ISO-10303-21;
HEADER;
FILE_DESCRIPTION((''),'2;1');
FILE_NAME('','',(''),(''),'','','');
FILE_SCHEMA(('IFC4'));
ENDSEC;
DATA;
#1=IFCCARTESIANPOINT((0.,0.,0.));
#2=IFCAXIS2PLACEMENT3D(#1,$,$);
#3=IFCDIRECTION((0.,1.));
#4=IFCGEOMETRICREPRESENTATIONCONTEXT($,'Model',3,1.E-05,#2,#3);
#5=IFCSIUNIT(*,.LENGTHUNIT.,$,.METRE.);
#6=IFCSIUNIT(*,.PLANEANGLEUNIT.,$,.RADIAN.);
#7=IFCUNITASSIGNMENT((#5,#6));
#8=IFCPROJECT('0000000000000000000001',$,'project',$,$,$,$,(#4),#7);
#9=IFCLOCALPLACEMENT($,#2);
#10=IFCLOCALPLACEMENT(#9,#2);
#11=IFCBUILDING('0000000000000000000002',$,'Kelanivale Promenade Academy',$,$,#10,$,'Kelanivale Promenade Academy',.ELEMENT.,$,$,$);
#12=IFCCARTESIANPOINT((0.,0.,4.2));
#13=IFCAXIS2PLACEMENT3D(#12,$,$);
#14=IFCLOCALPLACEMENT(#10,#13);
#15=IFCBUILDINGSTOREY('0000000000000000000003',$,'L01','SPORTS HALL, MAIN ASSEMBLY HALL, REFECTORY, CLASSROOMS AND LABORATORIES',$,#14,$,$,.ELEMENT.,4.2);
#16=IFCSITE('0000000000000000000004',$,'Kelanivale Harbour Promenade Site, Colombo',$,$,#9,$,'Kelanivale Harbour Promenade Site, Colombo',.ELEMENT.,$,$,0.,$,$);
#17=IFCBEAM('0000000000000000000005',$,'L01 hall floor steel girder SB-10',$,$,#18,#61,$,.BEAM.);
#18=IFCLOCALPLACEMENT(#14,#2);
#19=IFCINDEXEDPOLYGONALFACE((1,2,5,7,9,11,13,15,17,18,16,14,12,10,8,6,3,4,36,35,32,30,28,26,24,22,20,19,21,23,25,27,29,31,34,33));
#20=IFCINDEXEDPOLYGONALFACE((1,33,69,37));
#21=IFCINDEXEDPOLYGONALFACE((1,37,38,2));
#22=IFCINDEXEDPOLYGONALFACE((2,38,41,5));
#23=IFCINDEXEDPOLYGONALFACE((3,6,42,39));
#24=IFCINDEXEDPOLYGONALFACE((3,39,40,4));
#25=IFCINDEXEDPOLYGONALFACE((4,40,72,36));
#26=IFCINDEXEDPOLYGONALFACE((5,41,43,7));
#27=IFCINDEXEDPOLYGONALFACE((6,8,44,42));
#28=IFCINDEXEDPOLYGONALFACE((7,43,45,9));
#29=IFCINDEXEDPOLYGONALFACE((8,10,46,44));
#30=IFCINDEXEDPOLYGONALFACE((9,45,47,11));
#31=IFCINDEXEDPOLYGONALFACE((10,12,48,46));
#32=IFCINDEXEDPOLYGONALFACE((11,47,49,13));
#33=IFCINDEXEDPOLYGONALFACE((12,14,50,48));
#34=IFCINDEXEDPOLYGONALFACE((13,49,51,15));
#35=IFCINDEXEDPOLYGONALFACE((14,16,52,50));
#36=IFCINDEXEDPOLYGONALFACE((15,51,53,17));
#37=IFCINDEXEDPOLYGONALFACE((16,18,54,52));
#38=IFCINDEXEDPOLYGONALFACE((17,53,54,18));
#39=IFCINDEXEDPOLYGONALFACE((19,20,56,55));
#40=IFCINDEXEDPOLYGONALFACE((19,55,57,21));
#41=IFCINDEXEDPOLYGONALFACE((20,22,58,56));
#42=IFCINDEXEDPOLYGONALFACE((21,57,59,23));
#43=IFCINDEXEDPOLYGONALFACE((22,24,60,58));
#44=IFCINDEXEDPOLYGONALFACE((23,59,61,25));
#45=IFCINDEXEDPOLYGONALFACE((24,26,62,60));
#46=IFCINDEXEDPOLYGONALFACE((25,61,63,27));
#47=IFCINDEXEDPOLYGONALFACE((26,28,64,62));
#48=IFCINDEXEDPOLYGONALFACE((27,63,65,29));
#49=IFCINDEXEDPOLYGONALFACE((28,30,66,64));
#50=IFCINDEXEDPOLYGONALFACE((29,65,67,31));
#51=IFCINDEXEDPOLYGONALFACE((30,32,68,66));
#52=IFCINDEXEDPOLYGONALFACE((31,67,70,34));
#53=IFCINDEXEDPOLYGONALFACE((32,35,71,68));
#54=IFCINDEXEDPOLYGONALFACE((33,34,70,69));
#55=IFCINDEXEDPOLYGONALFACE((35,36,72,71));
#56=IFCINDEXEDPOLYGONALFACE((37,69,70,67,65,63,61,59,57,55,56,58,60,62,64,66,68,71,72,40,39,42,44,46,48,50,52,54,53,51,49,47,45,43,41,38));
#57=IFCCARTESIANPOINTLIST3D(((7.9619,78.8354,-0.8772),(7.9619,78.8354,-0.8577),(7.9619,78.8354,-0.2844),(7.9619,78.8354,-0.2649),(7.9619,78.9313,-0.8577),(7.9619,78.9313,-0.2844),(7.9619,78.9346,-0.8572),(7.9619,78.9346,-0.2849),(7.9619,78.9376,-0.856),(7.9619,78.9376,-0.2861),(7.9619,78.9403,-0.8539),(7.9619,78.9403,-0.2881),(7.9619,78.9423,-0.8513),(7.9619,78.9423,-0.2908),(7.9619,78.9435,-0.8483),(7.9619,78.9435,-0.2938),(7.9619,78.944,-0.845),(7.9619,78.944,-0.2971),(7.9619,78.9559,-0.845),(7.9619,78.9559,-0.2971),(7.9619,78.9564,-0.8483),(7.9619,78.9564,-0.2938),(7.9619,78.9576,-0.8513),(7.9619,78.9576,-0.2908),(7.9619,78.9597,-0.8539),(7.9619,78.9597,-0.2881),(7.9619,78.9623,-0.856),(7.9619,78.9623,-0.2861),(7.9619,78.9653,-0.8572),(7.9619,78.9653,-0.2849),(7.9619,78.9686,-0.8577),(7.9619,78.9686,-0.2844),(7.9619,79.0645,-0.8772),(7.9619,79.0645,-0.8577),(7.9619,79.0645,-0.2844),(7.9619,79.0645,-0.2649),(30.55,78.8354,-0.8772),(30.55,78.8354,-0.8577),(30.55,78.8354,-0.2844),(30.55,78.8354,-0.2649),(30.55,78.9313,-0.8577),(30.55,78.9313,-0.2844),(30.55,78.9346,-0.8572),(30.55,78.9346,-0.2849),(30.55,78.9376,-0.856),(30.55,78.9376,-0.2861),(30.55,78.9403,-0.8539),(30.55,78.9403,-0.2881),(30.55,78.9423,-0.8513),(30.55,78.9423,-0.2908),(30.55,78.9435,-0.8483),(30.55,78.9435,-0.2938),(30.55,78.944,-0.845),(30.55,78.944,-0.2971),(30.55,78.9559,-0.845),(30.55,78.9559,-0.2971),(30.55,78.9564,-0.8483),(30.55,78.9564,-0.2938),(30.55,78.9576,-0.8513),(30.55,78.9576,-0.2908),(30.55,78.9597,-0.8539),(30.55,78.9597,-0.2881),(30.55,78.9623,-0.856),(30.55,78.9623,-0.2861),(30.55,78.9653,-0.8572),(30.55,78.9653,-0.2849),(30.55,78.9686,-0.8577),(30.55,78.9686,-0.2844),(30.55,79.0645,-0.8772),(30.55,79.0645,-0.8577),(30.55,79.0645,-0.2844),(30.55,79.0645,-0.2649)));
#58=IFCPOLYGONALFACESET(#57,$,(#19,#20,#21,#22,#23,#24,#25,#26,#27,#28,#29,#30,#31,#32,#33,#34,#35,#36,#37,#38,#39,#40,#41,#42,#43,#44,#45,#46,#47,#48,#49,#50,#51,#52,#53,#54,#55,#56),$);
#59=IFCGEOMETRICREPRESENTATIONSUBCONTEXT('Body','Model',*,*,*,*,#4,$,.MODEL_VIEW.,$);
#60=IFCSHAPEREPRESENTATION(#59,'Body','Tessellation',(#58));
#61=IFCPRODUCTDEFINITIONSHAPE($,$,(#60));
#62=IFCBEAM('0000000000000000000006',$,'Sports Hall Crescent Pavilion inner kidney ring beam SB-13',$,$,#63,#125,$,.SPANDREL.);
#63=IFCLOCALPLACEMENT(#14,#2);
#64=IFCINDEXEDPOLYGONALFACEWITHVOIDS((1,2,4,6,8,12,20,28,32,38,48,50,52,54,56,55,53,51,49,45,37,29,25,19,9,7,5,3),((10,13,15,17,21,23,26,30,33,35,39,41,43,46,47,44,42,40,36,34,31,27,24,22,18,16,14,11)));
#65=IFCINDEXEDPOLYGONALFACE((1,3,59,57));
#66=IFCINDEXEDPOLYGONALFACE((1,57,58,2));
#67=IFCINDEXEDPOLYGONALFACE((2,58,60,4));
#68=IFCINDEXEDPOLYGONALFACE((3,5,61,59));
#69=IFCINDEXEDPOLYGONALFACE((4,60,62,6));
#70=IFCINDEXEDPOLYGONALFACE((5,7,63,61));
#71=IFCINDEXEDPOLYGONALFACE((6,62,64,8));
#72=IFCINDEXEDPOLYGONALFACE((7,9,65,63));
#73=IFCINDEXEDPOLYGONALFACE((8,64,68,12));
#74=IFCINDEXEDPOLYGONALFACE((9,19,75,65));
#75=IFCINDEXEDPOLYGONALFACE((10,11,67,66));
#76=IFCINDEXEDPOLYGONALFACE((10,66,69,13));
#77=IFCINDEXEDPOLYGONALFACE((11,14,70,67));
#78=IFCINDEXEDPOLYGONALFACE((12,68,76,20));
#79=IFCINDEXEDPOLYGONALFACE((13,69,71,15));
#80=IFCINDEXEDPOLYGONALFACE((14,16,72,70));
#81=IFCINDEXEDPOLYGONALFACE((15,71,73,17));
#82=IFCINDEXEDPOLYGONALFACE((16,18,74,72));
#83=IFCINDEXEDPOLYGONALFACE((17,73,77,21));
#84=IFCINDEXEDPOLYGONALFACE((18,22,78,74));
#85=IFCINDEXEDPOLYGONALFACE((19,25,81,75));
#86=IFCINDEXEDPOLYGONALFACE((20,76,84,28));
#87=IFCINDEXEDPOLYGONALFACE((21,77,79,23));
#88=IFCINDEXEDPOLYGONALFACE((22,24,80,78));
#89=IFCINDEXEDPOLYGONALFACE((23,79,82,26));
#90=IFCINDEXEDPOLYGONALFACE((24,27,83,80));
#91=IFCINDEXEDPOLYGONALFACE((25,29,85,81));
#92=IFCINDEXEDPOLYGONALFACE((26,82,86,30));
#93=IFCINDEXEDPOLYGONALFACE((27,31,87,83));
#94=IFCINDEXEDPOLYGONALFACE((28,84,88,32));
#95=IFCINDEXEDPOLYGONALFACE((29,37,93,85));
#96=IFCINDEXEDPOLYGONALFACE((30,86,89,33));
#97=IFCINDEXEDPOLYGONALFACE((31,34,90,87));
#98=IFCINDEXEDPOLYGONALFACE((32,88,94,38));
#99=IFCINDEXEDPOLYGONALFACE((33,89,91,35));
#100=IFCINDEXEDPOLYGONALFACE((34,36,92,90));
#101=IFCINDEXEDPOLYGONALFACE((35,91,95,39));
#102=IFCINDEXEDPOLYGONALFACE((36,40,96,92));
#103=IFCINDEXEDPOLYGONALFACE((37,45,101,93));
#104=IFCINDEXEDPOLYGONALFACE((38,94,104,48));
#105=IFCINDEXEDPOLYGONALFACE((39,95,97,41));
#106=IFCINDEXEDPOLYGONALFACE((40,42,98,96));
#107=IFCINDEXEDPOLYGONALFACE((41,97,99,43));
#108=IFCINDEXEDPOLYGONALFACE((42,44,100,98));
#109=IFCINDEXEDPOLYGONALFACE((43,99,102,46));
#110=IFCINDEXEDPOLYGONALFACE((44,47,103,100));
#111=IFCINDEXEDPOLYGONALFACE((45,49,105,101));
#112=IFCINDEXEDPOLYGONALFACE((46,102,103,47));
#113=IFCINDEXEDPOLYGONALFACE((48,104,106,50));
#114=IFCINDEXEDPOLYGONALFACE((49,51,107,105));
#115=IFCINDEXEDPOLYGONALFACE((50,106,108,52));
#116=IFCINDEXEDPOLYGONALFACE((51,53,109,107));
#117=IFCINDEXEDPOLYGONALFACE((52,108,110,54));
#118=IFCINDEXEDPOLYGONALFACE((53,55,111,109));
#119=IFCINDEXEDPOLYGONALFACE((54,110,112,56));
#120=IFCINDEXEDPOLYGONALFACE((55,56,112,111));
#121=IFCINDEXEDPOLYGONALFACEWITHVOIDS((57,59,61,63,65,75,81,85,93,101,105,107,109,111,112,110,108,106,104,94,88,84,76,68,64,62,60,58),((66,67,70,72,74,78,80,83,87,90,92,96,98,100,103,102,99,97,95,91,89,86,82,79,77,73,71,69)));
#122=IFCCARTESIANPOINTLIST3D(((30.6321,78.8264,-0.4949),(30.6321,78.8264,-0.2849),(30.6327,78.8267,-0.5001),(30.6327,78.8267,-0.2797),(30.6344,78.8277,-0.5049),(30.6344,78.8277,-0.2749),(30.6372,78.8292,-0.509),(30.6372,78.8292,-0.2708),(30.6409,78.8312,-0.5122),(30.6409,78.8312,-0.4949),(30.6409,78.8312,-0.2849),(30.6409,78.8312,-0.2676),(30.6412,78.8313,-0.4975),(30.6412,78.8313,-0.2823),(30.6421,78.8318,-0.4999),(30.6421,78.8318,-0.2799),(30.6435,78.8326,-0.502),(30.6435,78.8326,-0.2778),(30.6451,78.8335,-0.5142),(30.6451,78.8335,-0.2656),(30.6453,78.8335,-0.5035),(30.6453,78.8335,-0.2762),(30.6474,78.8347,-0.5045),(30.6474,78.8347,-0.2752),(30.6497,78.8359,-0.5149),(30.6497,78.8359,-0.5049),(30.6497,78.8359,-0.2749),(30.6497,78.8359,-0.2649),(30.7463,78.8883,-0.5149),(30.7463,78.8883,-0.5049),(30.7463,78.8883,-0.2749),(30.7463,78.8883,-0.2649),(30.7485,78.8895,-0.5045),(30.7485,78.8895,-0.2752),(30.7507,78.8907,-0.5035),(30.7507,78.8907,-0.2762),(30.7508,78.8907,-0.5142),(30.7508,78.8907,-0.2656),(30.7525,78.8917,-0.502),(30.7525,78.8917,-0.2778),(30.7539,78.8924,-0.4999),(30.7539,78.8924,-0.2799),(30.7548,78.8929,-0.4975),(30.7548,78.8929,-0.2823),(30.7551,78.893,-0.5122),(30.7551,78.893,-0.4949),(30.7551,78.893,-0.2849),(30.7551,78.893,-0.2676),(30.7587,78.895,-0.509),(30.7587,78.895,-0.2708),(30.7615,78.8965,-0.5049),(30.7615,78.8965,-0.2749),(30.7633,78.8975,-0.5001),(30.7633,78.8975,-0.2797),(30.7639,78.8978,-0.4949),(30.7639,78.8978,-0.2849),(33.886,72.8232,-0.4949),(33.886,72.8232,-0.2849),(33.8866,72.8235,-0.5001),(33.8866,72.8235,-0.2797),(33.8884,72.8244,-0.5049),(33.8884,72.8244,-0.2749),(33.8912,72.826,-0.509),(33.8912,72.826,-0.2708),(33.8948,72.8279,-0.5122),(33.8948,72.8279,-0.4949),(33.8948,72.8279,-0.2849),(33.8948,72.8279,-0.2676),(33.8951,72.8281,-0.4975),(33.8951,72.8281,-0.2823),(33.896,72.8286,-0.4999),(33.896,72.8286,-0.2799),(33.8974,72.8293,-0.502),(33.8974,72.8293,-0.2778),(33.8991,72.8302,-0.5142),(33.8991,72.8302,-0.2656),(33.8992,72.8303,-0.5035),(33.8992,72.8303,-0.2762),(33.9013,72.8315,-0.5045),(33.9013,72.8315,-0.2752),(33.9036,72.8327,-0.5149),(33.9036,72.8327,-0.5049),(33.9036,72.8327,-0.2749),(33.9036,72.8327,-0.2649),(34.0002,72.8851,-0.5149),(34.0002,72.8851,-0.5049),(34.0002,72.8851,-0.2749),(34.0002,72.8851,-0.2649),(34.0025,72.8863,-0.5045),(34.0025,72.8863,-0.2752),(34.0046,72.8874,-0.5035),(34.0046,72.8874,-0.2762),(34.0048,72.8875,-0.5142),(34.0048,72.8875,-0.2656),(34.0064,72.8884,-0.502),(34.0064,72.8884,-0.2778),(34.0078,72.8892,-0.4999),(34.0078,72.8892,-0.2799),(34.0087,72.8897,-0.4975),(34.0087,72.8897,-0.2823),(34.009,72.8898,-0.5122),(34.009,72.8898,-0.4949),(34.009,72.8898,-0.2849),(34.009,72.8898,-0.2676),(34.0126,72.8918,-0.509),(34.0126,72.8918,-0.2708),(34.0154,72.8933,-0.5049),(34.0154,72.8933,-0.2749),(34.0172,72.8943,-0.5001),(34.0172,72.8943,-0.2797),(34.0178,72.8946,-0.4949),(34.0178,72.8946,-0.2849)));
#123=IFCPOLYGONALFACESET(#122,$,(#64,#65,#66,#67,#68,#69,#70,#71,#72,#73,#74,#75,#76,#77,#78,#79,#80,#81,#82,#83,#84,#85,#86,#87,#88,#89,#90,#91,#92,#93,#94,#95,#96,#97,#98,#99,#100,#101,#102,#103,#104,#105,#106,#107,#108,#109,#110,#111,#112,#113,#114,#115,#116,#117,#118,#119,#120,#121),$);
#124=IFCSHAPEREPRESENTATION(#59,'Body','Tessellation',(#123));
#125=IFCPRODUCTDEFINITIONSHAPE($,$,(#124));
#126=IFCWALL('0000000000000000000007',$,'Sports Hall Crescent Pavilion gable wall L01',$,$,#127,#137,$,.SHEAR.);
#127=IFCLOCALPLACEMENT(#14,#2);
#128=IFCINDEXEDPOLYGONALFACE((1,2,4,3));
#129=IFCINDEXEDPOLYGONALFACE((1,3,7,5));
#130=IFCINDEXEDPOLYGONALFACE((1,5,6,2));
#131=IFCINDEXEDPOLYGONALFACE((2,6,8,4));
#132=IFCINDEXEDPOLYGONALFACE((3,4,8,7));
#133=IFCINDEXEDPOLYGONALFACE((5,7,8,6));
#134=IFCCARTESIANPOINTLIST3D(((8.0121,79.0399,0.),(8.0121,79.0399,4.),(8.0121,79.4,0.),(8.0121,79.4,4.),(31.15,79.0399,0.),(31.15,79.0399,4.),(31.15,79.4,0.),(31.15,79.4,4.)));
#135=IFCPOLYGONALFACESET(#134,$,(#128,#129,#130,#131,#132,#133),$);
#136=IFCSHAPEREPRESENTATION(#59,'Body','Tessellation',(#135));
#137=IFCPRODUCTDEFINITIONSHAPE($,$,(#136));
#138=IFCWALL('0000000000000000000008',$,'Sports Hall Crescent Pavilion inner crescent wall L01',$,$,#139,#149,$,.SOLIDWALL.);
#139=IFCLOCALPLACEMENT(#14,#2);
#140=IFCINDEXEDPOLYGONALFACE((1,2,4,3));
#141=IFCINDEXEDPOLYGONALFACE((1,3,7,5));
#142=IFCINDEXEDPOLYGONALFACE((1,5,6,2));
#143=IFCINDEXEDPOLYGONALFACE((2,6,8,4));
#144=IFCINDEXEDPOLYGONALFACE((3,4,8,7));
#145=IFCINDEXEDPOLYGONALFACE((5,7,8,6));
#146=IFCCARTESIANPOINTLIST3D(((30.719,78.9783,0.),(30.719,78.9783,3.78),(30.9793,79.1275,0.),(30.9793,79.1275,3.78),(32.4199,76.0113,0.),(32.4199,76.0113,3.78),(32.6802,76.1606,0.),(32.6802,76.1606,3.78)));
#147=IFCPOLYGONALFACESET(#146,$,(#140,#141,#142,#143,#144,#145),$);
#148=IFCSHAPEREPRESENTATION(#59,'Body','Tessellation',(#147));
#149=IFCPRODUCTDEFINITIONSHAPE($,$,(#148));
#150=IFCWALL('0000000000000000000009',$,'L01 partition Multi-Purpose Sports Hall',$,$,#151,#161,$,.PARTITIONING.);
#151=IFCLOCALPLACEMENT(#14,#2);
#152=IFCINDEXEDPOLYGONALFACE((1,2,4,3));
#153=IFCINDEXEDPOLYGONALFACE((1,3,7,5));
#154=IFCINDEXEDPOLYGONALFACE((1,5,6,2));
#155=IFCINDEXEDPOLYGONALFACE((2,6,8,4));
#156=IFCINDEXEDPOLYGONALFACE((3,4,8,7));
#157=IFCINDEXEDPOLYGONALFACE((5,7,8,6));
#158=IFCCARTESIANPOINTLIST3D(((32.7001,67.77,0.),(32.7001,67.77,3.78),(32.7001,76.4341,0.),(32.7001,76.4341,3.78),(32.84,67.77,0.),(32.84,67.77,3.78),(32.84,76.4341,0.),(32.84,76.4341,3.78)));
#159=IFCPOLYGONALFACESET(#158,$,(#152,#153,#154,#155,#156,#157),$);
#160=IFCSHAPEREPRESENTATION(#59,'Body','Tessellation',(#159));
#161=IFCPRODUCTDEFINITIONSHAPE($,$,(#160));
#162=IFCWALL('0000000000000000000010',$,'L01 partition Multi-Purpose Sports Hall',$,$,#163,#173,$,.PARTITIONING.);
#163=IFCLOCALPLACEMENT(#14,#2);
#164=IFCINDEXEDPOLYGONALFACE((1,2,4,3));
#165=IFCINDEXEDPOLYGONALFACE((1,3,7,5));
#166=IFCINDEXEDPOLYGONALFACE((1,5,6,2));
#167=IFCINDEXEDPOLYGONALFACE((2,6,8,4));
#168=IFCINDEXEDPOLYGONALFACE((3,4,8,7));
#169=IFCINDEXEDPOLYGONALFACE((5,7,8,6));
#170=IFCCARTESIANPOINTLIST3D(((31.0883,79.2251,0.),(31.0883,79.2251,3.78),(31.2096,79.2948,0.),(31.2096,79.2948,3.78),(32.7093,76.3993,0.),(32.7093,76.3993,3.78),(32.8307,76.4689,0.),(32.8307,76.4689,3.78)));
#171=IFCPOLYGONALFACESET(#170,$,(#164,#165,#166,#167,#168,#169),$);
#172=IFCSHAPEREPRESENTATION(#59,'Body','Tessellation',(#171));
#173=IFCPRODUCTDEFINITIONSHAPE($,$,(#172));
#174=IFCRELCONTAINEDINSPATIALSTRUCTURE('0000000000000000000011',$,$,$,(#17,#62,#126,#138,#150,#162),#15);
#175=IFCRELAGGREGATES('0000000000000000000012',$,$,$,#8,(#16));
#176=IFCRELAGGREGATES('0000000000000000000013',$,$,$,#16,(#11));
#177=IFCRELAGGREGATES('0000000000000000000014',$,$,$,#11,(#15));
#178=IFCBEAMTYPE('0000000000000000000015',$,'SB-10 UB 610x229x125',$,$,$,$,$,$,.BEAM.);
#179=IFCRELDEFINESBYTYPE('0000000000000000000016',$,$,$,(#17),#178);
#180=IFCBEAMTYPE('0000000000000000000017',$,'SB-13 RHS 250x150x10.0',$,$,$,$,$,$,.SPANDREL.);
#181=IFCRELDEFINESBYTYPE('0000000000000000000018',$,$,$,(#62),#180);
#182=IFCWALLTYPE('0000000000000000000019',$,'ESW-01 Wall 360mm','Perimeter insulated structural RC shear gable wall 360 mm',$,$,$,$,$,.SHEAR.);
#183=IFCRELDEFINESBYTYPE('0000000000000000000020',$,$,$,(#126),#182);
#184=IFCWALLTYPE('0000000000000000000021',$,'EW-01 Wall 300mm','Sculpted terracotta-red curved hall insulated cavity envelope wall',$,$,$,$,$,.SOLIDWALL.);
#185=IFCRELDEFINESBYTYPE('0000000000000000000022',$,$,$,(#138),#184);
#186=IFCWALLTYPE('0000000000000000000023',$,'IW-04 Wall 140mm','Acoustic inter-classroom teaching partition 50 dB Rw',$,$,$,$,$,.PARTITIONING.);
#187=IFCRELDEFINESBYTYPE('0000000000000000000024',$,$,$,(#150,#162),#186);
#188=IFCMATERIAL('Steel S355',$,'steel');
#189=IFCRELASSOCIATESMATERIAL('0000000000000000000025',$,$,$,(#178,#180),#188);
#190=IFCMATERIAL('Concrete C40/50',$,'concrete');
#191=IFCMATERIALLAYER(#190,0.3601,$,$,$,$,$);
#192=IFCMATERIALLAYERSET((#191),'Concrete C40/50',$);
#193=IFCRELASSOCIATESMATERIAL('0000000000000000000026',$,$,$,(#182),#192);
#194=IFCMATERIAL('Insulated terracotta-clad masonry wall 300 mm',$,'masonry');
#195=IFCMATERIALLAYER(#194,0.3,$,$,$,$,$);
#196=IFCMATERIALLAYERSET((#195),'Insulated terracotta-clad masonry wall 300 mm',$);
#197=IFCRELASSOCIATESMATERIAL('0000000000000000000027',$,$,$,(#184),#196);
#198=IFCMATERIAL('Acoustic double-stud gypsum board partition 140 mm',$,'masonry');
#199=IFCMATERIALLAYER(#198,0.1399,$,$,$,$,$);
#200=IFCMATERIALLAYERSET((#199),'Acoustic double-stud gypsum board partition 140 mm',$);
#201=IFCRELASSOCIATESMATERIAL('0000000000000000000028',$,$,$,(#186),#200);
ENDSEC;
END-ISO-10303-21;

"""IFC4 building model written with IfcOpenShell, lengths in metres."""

from ifc_helpers import new_model, si_unit, direction, frame, frame_2d, origin, origin_2d, place, context, subcontext, project, spatial, rectangle, hollow_rectangle, i_section, extrude, material, layer, layer_set, material_profile, profile_set, type_object, element, save


model = new_model("IFC4")

# Units and contexts
model_context = context("Model", 3, precision=1e-05, world=origin(), true_north=direction((0.0, 1.0)))
body_context = subcontext(model_context, "Body", "Model", "MODEL_VIEW")
ifc_project = project(units=[si_unit("LENGTHUNIT", "METRE"), si_unit("PLANEANGLEUNIT", "RADIAN")], contexts=[model_context])

# Site, building, storey
site_placement = place(None, origin())
site = spatial("IfcSite", under=ifc_project, at=site_placement, Name="Kelanivale Harbour Promenade Site, Colombo", LongName="Kelanivale Harbour Promenade Site, Colombo", CompositionType="ELEMENT", RefElevation=0.0)
building_placement = place(site_placement, origin())
building = spatial("IfcBuilding", under=site, at=building_placement, Name="Kelanivale Promenade Academy", LongName="Kelanivale Promenade Academy", CompositionType="ELEMENT")
storey_placement = place(building_placement, frame((0.0, 0.0, 4.2)))
storey = spatial("IfcBuildingStorey", under=building, at=storey_placement, Name="L01", Description="SPORTS HALL, MAIN ASSEMBLY HALL, REFECTORY, CLASSROOMS AND LABORATORIES", CompositionType="ELEMENT", Elevation=4.2)

# Shared definitions
ifc_material_1 = material(Name="Concrete C40/50", Category="concrete")
ifc_material_2 = material(Name="Steel S355", Category="steel")

# Beams
ifc_material_profile_1 = material_profile(ifc_material_2, i_section(OverallWidth=0.229, OverallDepth=0.6123, WebThickness=0.012, FlangeThickness=0.0195, FilletRadius=0.0127, at=origin_2d()), Name="UB 610x229x125")
ifc_profile_set_1 = profile_set([ifc_material_profile_1], Name="Steel S355")
beam_type_1 = type_object("IfcBeamType", Name="SB-10 UB 610x229x125", PredefinedType="BEAM", material=ifc_profile_set_1)
beam_1_placement = place(storey_placement, frame((7.9619, 78.95, -0.571), z_axis=(1.0, 0.0, 0.0), x_axis=(0.0, 1.0, 0.0)))
element("IfcBeam", 1, at=beam_1_placement, inside=storey, type_object=beam_type_1, Name="L01 hall floor steel girder SB-10", PredefinedType="BEAM", context=body_context, shape_type="SweptSolid", body=[
    extrude(i_section(OverallWidth=0.229, OverallDepth=0.6123, WebThickness=0.012, FlangeThickness=0.0195, FilletRadius=0.0127, at=origin_2d()), origin(), (0.0, 0.0, 1.0), 22.5881),
])
ifc_material_profile_2 = material_profile(ifc_material_2, hollow_rectangle(XDim=0.1499, YDim=0.25, WallThickness=0.01, InnerFilletRadius=0.01, OuterFilletRadius=0.02, at=origin_2d()), Name="RHS 250x150x10.0")
ifc_profile_set_2 = profile_set([ifc_material_profile_2], Name="Steel S355")
beam_type_2 = type_object("IfcBeamType", Name="SB-13 RHS 250x150x10.0", PredefinedType="SPANDREL", material=ifc_profile_set_2)
beam_2_placement = place(storey_placement, frame((33.9519, 72.8589, -0.3899), z_axis=(-0.476531, 0.879158, 0.0), x_axis=(-0.879158, -0.476531, 0.0)))
element("IfcBeam", 2, at=beam_2_placement, inside=storey, type_object=beam_type_2, Name="Sports Hall Crescent Pavilion inner kidney ring beam SB-13", PredefinedType="SPANDREL", context=body_context, shape_type="SweptSolid", body=[
    extrude(hollow_rectangle(XDim=0.1499, YDim=0.25, WallThickness=0.01, InnerFilletRadius=0.01, OuterFilletRadius=0.02, at=origin_2d()), origin(), (0.0, 0.0, 1.0), 6.8284),
])

# Walls
ifc_layer_1 = layer(ifc_material_1, 0.3601)
ifc_layer_set_1 = layer_set([ifc_layer_1], Name="Concrete C40/50")
wall_type_1 = type_object("IfcWallType", Name="ESW-01 Wall 360mm", Description="Perimeter insulated structural RC shear gable wall 360 mm", PredefinedType="SHEAR", material=ifc_layer_set_1)
wall_1_placement = place(storey_placement, frame((31.1499, 79.22, 0.0), z_axis=(0.0, 0.0, 1.0), x_axis=(-1.0, 0.0, 0.0)))
element("IfcWall", 3, at=wall_1_placement, inside=storey, type_object=wall_type_1, Name="Sports Hall Crescent Pavilion gable wall L01", PredefinedType="SHEAR", context=body_context, shape_type="SweptSolid", body=[
    extrude(rectangle(XDim=23.1379, YDim=0.3601, at=frame_2d((11.5688, 0.0))), origin(), (0.0, 0.0, 1.0), 4.0),
])
ifc_material_3 = material(Name="Insulated terracotta-clad masonry wall 300 mm", Category="masonry")
ifc_layer_2 = layer(ifc_material_3, 0.3)
ifc_layer_set_2 = layer_set([ifc_layer_2], Name="Insulated terracotta-clad masonry wall 300 mm")
wall_type_2 = type_object("IfcWallType", Name="EW-01 Wall 300mm", Description="Sculpted terracotta-red curved hall insulated cavity envelope wall", PredefinedType="SOLIDWALL", material=ifc_layer_set_2)
wall_2_placement = place(storey_placement, frame((32.55, 76.0859, 0.0), z_axis=(0.0, 0.0, 1.0), x_axis=(-0.497345, 0.867553, 0.0)))
element("IfcWall", 4, at=wall_2_placement, inside=storey, type_object=wall_type_2, Name="Sports Hall Crescent Pavilion inner crescent wall L01", PredefinedType="SOLIDWALL", context=body_context, shape_type="SweptSolid", body=[
    extrude(rectangle(XDim=3.4199, YDim=0.3, at=frame_2d((1.71, 0.0))), origin(), (0.0, 0.0, 1.0), 3.78),
])
ifc_material_4 = material(Name="Acoustic double-stud gypsum board partition 140 mm", Category="masonry")
ifc_layer_3 = layer(ifc_material_4, 0.1399)
ifc_layer_set_3 = layer_set([ifc_layer_3], Name="Acoustic double-stud gypsum board partition 140 mm")
wall_type_3 = type_object("IfcWallType", Name="IW-04 Wall 140mm", Description="Acoustic inter-classroom teaching partition 50 dB Rw", PredefinedType="PARTITIONING", material=ifc_layer_set_3)
wall_3_placement = place(storey_placement, frame((32.77, 67.77, 0.0), z_axis=(0.0, 0.0, 1.0), x_axis=(0.0, 1.0, 0.0)))
element("IfcWall", 5, at=wall_3_placement, inside=storey, type_object=wall_type_3, Name="L01 partition Multi-Purpose Sports Hall", PredefinedType="PARTITIONING", context=body_context, shape_type="SweptSolid", body=[
    extrude(rectangle(XDim=8.6641, YDim=0.1399, at=frame_2d((4.332, 0.0))), origin(), (0.0, 0.0, 1.0), 3.78),
])
wall_4_placement = place(storey_placement, frame((32.77, 76.4341, 0.0), z_axis=(0.0, 0.0, 1.0), x_axis=(-0.497591, 0.867412, 0.0)))
element("IfcWall", 6, at=wall_4_placement, inside=storey, type_object=wall_type_3, Name="L01 partition Multi-Purpose Sports Hall", PredefinedType="PARTITIONING", context=body_context, shape_type="SweptSolid", body=[
    extrude(rectangle(XDim=3.2578, YDim=0.1399, at=frame_2d((1.6289, 0.0))), origin(), (0.0, 0.0, 1.0), 3.78),
])

save(model, "model.ifc")
